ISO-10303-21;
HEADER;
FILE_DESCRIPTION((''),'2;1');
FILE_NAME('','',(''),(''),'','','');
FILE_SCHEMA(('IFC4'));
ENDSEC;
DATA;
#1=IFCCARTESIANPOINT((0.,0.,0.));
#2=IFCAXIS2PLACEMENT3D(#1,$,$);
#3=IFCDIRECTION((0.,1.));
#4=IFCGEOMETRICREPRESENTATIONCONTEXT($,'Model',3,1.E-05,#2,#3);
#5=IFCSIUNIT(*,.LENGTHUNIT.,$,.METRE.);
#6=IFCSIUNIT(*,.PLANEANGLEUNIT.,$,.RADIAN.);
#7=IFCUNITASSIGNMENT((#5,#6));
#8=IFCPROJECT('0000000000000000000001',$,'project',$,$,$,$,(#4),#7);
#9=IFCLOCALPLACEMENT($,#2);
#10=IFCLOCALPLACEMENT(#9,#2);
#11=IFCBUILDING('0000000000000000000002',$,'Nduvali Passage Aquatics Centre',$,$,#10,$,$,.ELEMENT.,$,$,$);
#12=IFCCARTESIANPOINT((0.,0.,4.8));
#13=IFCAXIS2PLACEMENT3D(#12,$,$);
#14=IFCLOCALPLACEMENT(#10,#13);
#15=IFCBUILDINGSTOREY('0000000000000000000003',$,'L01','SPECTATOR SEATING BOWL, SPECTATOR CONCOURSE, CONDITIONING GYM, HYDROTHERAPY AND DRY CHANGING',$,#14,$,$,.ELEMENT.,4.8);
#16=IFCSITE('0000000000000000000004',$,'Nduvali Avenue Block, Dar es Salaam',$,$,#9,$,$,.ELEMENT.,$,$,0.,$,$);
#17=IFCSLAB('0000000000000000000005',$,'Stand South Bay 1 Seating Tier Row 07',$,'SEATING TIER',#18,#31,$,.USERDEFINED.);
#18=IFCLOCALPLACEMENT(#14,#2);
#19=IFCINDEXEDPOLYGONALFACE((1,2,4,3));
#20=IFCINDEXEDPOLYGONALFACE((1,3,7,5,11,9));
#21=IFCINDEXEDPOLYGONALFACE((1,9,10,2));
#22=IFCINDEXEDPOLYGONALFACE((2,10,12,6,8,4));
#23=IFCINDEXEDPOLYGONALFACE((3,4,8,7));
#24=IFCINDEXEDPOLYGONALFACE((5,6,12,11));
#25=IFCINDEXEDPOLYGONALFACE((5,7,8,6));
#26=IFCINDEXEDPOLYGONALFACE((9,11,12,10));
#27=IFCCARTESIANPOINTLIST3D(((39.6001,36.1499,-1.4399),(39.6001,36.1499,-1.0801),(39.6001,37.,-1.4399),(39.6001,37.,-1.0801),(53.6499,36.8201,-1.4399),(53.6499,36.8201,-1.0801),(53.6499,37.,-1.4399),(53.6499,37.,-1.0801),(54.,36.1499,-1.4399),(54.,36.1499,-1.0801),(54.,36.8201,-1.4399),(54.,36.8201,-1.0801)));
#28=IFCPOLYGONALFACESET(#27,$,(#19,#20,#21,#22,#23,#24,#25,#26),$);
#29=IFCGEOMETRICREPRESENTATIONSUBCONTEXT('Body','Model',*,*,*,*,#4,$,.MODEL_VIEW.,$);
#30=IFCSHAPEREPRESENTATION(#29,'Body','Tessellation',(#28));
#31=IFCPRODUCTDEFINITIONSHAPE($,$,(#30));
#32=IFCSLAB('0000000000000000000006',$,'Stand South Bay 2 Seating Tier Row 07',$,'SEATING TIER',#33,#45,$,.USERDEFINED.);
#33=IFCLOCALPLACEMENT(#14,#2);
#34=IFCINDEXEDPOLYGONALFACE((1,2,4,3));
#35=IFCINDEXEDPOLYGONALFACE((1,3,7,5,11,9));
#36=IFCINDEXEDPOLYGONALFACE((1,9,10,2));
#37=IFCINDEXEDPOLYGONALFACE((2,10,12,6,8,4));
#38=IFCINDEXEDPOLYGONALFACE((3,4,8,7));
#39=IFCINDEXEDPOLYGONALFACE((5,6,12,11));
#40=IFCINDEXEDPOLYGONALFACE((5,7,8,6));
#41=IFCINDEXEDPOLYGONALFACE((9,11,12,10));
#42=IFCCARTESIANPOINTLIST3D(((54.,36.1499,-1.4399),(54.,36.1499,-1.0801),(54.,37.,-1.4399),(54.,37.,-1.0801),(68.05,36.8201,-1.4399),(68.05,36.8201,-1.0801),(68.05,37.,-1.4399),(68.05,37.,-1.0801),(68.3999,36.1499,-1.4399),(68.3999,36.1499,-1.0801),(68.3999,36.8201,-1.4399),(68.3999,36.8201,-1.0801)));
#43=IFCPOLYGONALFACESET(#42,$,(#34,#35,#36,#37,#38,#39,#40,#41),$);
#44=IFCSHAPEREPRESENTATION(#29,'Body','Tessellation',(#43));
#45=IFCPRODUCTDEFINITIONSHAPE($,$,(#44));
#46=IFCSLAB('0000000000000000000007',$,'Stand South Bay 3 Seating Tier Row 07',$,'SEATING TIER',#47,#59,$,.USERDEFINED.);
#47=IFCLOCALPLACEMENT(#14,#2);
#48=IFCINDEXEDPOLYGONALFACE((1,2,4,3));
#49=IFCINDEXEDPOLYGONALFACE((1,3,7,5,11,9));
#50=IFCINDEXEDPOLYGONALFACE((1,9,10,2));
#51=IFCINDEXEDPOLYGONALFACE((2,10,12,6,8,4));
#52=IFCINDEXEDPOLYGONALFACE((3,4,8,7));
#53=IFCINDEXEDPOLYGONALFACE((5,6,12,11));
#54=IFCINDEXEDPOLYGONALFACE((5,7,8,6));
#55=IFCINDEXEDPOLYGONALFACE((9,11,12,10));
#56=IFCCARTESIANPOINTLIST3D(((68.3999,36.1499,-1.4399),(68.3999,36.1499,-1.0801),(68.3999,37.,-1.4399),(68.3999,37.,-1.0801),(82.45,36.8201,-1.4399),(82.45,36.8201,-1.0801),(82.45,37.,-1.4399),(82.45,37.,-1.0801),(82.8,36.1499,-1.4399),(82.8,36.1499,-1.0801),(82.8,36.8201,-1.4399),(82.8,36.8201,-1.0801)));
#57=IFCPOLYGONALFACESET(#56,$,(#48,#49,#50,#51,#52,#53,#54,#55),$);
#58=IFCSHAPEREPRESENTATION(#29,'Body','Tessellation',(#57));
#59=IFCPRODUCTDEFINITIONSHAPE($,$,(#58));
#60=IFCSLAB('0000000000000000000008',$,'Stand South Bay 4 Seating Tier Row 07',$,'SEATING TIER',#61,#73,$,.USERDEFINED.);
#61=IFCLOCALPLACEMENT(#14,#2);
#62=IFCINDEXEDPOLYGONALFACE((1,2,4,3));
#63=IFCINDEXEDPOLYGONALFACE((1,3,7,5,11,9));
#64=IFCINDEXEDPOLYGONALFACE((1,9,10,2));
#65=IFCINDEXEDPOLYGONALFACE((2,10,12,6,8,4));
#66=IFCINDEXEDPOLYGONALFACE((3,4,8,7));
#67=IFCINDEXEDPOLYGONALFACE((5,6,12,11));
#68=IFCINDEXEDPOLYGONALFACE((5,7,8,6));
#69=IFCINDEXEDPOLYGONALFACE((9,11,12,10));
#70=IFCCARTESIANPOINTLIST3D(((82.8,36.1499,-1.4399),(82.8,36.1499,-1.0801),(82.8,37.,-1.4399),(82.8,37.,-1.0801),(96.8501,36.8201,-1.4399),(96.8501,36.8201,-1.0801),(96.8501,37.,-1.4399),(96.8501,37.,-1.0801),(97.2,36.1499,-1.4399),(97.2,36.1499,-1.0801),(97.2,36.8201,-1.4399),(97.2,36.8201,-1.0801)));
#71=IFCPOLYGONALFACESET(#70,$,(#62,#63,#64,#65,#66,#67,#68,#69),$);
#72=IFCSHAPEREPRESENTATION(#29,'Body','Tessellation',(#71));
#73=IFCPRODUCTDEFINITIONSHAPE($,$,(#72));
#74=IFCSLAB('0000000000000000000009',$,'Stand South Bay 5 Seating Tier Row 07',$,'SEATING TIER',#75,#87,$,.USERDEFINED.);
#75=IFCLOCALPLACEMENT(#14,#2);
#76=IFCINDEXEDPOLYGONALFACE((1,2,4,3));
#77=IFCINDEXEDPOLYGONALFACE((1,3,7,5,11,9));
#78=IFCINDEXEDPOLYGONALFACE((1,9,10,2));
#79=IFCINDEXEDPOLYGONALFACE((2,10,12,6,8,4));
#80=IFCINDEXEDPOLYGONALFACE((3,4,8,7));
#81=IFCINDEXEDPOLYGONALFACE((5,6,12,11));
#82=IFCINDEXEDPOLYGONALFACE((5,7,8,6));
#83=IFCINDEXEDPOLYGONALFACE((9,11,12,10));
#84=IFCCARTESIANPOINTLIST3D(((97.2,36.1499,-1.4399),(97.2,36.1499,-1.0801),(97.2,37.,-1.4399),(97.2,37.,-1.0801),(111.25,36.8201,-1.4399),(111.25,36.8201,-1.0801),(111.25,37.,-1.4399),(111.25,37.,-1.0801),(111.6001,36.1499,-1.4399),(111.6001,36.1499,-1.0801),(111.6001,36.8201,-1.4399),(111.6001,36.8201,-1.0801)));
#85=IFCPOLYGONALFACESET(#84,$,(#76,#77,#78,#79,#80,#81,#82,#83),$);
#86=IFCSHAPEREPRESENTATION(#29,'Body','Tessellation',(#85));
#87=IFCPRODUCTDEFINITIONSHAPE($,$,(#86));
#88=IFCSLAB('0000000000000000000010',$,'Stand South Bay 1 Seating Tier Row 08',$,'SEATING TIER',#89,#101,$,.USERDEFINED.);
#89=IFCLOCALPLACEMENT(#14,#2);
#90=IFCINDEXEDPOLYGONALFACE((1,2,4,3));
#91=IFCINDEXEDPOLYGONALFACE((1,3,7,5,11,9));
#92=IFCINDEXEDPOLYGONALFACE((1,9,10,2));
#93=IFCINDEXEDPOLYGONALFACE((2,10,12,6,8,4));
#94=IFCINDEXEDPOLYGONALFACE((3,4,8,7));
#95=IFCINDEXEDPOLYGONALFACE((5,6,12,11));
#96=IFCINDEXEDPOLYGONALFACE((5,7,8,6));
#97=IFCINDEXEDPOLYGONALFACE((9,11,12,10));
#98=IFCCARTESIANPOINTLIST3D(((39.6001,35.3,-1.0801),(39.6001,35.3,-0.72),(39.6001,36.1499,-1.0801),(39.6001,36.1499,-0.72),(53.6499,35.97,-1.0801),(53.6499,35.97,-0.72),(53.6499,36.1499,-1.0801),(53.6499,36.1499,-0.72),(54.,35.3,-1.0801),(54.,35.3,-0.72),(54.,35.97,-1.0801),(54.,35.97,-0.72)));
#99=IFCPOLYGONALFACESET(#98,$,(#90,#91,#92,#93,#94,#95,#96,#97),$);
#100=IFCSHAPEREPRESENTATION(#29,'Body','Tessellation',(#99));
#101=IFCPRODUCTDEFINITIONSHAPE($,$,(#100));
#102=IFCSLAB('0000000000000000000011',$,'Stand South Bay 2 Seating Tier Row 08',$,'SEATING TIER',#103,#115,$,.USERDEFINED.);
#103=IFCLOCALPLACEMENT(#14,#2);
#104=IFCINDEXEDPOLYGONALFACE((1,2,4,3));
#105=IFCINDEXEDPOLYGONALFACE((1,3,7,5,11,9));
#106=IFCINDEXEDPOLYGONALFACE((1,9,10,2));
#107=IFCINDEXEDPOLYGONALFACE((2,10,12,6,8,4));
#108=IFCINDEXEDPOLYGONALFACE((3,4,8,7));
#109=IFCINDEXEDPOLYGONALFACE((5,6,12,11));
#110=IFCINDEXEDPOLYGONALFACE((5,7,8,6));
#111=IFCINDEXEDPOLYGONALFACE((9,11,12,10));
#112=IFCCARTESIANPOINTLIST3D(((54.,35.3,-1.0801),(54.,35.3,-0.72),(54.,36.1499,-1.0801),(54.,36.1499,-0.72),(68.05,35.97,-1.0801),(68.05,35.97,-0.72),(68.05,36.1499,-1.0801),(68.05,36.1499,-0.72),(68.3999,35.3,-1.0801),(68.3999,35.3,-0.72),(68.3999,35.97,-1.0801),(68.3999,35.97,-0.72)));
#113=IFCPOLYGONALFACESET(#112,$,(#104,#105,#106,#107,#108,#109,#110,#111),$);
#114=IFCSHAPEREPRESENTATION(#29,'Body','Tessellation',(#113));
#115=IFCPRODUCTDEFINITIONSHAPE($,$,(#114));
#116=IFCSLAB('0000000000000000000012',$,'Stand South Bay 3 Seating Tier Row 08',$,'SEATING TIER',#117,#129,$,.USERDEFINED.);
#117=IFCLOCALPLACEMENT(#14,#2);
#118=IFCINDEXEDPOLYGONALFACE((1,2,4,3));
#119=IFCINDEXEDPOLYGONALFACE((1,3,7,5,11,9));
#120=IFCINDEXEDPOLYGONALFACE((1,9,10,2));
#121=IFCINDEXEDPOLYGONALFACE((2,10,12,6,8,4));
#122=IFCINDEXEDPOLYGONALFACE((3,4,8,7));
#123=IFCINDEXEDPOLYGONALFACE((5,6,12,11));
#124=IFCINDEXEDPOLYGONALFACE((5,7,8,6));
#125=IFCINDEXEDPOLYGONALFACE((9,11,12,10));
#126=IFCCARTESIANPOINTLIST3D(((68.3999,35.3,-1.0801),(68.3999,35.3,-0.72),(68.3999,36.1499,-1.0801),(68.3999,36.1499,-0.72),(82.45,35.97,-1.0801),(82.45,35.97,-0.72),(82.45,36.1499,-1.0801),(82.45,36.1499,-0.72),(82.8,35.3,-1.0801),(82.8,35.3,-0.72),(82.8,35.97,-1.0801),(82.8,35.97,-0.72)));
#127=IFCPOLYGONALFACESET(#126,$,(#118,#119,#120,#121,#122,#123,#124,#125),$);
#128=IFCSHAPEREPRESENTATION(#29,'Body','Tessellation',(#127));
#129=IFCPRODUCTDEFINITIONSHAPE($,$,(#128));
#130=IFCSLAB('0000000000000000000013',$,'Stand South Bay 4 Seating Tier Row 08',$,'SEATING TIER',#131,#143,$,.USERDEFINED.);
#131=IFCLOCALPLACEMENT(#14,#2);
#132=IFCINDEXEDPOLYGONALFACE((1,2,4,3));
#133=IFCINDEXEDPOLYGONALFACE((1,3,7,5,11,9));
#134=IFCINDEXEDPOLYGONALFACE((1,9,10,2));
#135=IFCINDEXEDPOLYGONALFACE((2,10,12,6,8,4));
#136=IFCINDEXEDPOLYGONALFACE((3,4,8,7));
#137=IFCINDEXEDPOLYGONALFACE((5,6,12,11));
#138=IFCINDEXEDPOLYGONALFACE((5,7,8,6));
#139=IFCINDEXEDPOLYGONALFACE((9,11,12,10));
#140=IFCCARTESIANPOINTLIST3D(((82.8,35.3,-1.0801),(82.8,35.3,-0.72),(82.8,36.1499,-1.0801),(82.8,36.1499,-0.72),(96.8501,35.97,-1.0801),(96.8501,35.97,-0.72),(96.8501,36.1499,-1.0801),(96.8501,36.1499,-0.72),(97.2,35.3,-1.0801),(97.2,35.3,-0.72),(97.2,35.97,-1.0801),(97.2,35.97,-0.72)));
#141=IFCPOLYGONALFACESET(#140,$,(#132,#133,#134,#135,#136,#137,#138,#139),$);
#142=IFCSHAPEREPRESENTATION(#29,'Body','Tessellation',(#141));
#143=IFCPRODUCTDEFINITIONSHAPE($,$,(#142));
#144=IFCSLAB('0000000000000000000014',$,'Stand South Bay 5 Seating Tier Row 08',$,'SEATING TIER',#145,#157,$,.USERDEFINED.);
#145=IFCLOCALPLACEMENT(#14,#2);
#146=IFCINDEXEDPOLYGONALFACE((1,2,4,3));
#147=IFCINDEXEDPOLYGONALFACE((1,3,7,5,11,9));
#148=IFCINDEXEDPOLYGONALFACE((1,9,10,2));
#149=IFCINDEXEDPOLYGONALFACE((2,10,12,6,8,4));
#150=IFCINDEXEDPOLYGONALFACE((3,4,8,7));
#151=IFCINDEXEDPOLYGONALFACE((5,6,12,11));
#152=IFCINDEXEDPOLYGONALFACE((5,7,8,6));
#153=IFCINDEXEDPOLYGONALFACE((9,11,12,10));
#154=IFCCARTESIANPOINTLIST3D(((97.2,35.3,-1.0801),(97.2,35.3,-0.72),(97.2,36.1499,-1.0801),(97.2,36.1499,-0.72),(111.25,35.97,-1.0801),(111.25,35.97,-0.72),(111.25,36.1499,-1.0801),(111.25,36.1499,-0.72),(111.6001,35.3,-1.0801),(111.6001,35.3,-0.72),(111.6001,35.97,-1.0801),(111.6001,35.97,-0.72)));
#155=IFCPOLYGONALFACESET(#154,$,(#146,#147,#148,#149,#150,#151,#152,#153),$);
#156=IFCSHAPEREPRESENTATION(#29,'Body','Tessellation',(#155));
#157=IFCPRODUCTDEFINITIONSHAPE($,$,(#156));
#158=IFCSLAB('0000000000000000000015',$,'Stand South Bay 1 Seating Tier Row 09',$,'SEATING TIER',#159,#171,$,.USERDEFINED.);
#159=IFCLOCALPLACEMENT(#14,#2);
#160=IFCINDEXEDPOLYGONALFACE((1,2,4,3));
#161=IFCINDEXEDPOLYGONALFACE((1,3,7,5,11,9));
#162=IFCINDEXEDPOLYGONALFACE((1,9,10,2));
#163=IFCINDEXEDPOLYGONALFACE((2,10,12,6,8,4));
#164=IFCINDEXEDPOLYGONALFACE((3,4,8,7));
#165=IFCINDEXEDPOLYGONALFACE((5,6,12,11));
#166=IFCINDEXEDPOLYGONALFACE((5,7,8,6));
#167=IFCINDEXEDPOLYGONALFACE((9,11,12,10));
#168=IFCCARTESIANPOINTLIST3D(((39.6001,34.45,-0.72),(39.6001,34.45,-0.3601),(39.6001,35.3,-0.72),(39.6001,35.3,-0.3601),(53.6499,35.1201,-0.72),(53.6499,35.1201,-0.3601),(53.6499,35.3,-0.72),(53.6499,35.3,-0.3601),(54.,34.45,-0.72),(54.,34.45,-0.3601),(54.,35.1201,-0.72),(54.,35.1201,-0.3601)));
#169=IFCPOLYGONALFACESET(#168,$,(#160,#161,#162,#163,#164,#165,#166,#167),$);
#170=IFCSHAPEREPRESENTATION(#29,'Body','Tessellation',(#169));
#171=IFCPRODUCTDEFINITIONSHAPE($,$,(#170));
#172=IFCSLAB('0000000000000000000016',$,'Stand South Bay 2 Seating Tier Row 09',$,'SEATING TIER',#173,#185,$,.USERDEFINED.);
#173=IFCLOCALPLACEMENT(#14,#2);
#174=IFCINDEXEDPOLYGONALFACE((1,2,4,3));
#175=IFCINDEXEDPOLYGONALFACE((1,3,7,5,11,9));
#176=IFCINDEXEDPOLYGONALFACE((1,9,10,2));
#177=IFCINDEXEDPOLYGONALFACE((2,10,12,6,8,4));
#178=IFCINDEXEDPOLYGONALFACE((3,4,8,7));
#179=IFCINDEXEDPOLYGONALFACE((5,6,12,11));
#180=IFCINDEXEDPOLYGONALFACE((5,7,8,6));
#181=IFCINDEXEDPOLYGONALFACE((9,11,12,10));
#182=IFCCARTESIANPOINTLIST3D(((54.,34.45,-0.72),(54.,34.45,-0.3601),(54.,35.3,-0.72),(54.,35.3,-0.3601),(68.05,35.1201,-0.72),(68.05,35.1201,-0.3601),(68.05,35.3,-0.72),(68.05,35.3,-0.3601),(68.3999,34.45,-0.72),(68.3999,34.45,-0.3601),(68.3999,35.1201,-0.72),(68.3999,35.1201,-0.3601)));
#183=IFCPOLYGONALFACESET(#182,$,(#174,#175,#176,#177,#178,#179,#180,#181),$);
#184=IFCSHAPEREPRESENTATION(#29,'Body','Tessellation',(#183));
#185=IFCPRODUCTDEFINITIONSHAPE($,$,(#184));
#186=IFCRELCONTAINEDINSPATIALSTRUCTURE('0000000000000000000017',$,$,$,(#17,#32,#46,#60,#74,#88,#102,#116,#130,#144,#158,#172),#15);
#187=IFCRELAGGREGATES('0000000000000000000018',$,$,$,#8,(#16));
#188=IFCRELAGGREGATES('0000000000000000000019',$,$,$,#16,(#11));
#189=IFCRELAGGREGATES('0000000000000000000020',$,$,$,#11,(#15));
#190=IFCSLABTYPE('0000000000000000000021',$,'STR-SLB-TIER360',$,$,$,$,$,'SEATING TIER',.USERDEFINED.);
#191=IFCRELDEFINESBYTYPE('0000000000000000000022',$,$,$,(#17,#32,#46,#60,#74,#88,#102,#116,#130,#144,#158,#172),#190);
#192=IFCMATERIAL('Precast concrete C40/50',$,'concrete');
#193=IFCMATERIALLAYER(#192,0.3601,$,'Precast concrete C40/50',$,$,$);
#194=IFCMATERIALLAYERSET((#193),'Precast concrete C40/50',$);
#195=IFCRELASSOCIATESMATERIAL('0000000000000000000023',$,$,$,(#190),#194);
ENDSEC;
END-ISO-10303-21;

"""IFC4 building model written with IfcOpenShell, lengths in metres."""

from ifc_helpers import new_model, si_unit, direction, frame, origin, place, context, subcontext, project, spatial, polyline, outline, extrude, material, layer, layer_set, type_object, element, save


model = new_model("IFC4")

# Units and contexts
model_context = context("Model", 3, precision=1e-05, world=origin(), true_north=direction((0.0, 1.0)))
body_context = subcontext(model_context, "Body", "Model", "MODEL_VIEW")
ifc_project = project(units=[si_unit("LENGTHUNIT", "METRE"), si_unit("PLANEANGLEUNIT", "RADIAN")], contexts=[model_context])

# Site, building, storey
site_placement = place(None, origin())
site = spatial("IfcSite", under=ifc_project, at=site_placement, Name="Nduvali Avenue Block, Dar es Salaam", CompositionType="ELEMENT", RefElevation=0.0)
building_placement = place(site_placement, origin())
building = spatial("IfcBuilding", under=site, at=building_placement, Name="Nduvali Passage Aquatics Centre", CompositionType="ELEMENT")
storey_placement = place(building_placement, frame((0.0, 0.0, 4.8)))
storey = spatial("IfcBuildingStorey", under=building, at=storey_placement, Name="L01", Description="SPECTATOR SEATING BOWL, SPECTATOR CONCOURSE, CONDITIONING GYM, HYDROTHERAPY AND DRY CHANGING", CompositionType="ELEMENT", Elevation=4.8)

# Slabs
ifc_material_1 = material(Name="Precast concrete C40/50", Category="concrete")
ifc_layer_1 = layer(ifc_material_1, 0.3601, Name="Precast concrete C40/50")
ifc_layer_set_1 = layer_set([ifc_layer_1], Name="Precast concrete C40/50")
slab_type_1 = type_object("IfcSlabType", Name="STR-SLB-TIER360", ElementType="SEATING TIER", PredefinedType="USERDEFINED", material=ifc_layer_set_1)
slab_1_placement = place(storey_placement, frame((0.0, 0.0, -1.4399)))
element("IfcSlab", 1, at=slab_1_placement, inside=storey, type_object=slab_type_1, Name="Stand South Bay 1 Seating Tier Row 07", ObjectType="SEATING TIER", PredefinedType="USERDEFINED", context=body_context, shape_type="SweptSolid", body=[
    extrude(outline(polyline([(39.6001, 36.1499), (54.0, 36.1499), (54.0, 36.8201), (53.6499, 36.8201), (53.6499, 37.0), (39.6001, 37.0), (39.6001, 36.1499)])), origin(), (0.0, 0.0, 1.0), 0.3599),
])
slab_2_placement = place(storey_placement, frame((0.0, 0.0, -1.4399)))
element("IfcSlab", 2, at=slab_2_placement, inside=storey, type_object=slab_type_1, Name="Stand South Bay 2 Seating Tier Row 07", ObjectType="SEATING TIER", PredefinedType="USERDEFINED", context=body_context, shape_type="SweptSolid", body=[
    extrude(outline(polyline([(54.0, 36.1499), (68.3999, 36.1499), (68.3999, 36.8201), (68.05, 36.8201), (68.05, 37.0), (54.0, 37.0), (54.0, 36.1499)])), origin(), (0.0, 0.0, 1.0), 0.3599),
])
slab_3_placement = place(storey_placement, frame((0.0, 0.0, -1.4399)))
element("IfcSlab", 3, at=slab_3_placement, inside=storey, type_object=slab_type_1, Name="Stand South Bay 3 Seating Tier Row 07", ObjectType="SEATING TIER", PredefinedType="USERDEFINED", context=body_context, shape_type="SweptSolid", body=[
    extrude(outline(polyline([(68.3999, 36.1499), (82.8, 36.1499), (82.8, 36.8201), (82.45, 36.8201), (82.45, 37.0), (68.3999, 37.0), (68.3999, 36.1499)])), origin(), (0.0, 0.0, 1.0), 0.3599),
])
slab_4_placement = place(storey_placement, frame((0.0, 0.0, -1.4399)))
element("IfcSlab", 4, at=slab_4_placement, inside=storey, type_object=slab_type_1, Name="Stand South Bay 4 Seating Tier Row 07", ObjectType="SEATING TIER", PredefinedType="USERDEFINED", context=body_context, shape_type="SweptSolid", body=[
    extrude(outline(polyline([(82.8, 36.1499), (97.2, 36.1499), (97.2, 36.8201), (96.8501, 36.8201), (96.8501, 37.0), (82.8, 37.0), (82.8, 36.1499)])), origin(), (0.0, 0.0, 1.0), 0.3599),
])
slab_5_placement = place(storey_placement, frame((0.0, 0.0, -1.4399)))
element("IfcSlab", 5, at=slab_5_placement, inside=storey, type_object=slab_type_1, Name="Stand South Bay 5 Seating Tier Row 07", ObjectType="SEATING TIER", PredefinedType="USERDEFINED", context=body_context, shape_type="SweptSolid", body=[
    extrude(outline(polyline([(97.2, 36.1499), (111.6001, 36.1499), (111.6001, 36.8201), (111.25, 36.8201), (111.25, 37.0), (97.2, 37.0), (97.2, 36.1499)])), origin(), (0.0, 0.0, 1.0), 0.3599),
])
slab_6_placement = place(storey_placement, frame((0.0, 0.0, -1.0801)))
element("IfcSlab", 6, at=slab_6_placement, inside=storey, type_object=slab_type_1, Name="Stand South Bay 1 Seating Tier Row 08", ObjectType="SEATING TIER", PredefinedType="USERDEFINED", context=body_context, shape_type="SweptSolid", body=[
    extrude(outline(polyline([(39.6001, 35.3), (54.0, 35.3), (54.0, 35.97), (53.6499, 35.97), (53.6499, 36.1499), (39.6001, 36.1499), (39.6001, 35.3)])), origin(), (0.0, 0.0, 1.0), 0.3601),
])
slab_7_placement = place(storey_placement, frame((0.0, 0.0, -1.0801)))
element("IfcSlab", 7, at=slab_7_placement, inside=storey, type_object=slab_type_1, Name="Stand South Bay 2 Seating Tier Row 08", ObjectType="SEATING TIER", PredefinedType="USERDEFINED", context=body_context, shape_type="SweptSolid", body=[
    extrude(outline(polyline([(54.0, 35.3), (68.3999, 35.3), (68.3999, 35.97), (68.05, 35.97), (68.05, 36.1499), (54.0, 36.1499), (54.0, 35.3)])), origin(), (0.0, 0.0, 1.0), 0.3601),
])
slab_8_placement = place(storey_placement, frame((0.0, 0.0, -1.0801)))
element("IfcSlab", 8, at=slab_8_placement, inside=storey, type_object=slab_type_1, Name="Stand South Bay 3 Seating Tier Row 08", ObjectType="SEATING TIER", PredefinedType="USERDEFINED", context=body_context, shape_type="SweptSolid", body=[
    extrude(outline(polyline([(68.3999, 35.3), (82.8, 35.3), (82.8, 35.97), (82.45, 35.97), (82.45, 36.1499), (68.3999, 36.1499), (68.3999, 35.3)])), origin(), (0.0, 0.0, 1.0), 0.3601),
])
slab_9_placement = place(storey_placement, frame((0.0, 0.0, -1.0801)))
element("IfcSlab", 9, at=slab_9_placement, inside=storey, type_object=slab_type_1, Name="Stand South Bay 4 Seating Tier Row 08", ObjectType="SEATING TIER", PredefinedType="USERDEFINED", context=body_context, shape_type="SweptSolid", body=[
    extrude(outline(polyline([(82.8, 35.3), (97.2, 35.3), (97.2, 35.97), (96.8501, 35.97), (96.8501, 36.1499), (82.8, 36.1499), (82.8, 35.3)])), origin(), (0.0, 0.0, 1.0), 0.3601),
])
slab_10_placement = place(storey_placement, frame((0.0, 0.0, -1.0801)))
element("IfcSlab", 10, at=slab_10_placement, inside=storey, type_object=slab_type_1, Name="Stand South Bay 5 Seating Tier Row 08", ObjectType="SEATING TIER", PredefinedType="USERDEFINED", context=body_context, shape_type="SweptSolid", body=[
    extrude(outline(polyline([(97.2, 35.3), (111.6001, 35.3), (111.6001, 35.97), (111.25, 35.97), (111.25, 36.1499), (97.2, 36.1499), (97.2, 35.3)])), origin(), (0.0, 0.0, 1.0), 0.3601),
])
slab_11_placement = place(storey_placement, frame((0.0, 0.0, -0.72)))
element("IfcSlab", 11, at=slab_11_placement, inside=storey, type_object=slab_type_1, Name="Stand South Bay 1 Seating Tier Row 09", ObjectType="SEATING TIER", PredefinedType="USERDEFINED", context=body_context, shape_type="SweptSolid", body=[
    extrude(outline(polyline([(39.6001, 34.45), (54.0, 34.45), (54.0, 35.1201), (53.6499, 35.1201), (53.6499, 35.3), (39.6001, 35.3), (39.6001, 34.45)])), origin(), (0.0, 0.0, 1.0), 0.3599),
])
slab_12_placement = place(storey_placement, frame((0.0, 0.0, -0.72)))
element("IfcSlab", 12, at=slab_12_placement, inside=storey, type_object=slab_type_1, Name="Stand South Bay 2 Seating Tier Row 09", ObjectType="SEATING TIER", PredefinedType="USERDEFINED", context=body_context, shape_type="SweptSolid", body=[
    extrude(outline(polyline([(54.0, 34.45), (68.3999, 34.45), (68.3999, 35.1201), (68.05, 35.1201), (68.05, 35.3), (54.0, 35.3), (54.0, 34.45)])), origin(), (0.0, 0.0, 1.0), 0.3599),
])

save(model, "model.ifc")
